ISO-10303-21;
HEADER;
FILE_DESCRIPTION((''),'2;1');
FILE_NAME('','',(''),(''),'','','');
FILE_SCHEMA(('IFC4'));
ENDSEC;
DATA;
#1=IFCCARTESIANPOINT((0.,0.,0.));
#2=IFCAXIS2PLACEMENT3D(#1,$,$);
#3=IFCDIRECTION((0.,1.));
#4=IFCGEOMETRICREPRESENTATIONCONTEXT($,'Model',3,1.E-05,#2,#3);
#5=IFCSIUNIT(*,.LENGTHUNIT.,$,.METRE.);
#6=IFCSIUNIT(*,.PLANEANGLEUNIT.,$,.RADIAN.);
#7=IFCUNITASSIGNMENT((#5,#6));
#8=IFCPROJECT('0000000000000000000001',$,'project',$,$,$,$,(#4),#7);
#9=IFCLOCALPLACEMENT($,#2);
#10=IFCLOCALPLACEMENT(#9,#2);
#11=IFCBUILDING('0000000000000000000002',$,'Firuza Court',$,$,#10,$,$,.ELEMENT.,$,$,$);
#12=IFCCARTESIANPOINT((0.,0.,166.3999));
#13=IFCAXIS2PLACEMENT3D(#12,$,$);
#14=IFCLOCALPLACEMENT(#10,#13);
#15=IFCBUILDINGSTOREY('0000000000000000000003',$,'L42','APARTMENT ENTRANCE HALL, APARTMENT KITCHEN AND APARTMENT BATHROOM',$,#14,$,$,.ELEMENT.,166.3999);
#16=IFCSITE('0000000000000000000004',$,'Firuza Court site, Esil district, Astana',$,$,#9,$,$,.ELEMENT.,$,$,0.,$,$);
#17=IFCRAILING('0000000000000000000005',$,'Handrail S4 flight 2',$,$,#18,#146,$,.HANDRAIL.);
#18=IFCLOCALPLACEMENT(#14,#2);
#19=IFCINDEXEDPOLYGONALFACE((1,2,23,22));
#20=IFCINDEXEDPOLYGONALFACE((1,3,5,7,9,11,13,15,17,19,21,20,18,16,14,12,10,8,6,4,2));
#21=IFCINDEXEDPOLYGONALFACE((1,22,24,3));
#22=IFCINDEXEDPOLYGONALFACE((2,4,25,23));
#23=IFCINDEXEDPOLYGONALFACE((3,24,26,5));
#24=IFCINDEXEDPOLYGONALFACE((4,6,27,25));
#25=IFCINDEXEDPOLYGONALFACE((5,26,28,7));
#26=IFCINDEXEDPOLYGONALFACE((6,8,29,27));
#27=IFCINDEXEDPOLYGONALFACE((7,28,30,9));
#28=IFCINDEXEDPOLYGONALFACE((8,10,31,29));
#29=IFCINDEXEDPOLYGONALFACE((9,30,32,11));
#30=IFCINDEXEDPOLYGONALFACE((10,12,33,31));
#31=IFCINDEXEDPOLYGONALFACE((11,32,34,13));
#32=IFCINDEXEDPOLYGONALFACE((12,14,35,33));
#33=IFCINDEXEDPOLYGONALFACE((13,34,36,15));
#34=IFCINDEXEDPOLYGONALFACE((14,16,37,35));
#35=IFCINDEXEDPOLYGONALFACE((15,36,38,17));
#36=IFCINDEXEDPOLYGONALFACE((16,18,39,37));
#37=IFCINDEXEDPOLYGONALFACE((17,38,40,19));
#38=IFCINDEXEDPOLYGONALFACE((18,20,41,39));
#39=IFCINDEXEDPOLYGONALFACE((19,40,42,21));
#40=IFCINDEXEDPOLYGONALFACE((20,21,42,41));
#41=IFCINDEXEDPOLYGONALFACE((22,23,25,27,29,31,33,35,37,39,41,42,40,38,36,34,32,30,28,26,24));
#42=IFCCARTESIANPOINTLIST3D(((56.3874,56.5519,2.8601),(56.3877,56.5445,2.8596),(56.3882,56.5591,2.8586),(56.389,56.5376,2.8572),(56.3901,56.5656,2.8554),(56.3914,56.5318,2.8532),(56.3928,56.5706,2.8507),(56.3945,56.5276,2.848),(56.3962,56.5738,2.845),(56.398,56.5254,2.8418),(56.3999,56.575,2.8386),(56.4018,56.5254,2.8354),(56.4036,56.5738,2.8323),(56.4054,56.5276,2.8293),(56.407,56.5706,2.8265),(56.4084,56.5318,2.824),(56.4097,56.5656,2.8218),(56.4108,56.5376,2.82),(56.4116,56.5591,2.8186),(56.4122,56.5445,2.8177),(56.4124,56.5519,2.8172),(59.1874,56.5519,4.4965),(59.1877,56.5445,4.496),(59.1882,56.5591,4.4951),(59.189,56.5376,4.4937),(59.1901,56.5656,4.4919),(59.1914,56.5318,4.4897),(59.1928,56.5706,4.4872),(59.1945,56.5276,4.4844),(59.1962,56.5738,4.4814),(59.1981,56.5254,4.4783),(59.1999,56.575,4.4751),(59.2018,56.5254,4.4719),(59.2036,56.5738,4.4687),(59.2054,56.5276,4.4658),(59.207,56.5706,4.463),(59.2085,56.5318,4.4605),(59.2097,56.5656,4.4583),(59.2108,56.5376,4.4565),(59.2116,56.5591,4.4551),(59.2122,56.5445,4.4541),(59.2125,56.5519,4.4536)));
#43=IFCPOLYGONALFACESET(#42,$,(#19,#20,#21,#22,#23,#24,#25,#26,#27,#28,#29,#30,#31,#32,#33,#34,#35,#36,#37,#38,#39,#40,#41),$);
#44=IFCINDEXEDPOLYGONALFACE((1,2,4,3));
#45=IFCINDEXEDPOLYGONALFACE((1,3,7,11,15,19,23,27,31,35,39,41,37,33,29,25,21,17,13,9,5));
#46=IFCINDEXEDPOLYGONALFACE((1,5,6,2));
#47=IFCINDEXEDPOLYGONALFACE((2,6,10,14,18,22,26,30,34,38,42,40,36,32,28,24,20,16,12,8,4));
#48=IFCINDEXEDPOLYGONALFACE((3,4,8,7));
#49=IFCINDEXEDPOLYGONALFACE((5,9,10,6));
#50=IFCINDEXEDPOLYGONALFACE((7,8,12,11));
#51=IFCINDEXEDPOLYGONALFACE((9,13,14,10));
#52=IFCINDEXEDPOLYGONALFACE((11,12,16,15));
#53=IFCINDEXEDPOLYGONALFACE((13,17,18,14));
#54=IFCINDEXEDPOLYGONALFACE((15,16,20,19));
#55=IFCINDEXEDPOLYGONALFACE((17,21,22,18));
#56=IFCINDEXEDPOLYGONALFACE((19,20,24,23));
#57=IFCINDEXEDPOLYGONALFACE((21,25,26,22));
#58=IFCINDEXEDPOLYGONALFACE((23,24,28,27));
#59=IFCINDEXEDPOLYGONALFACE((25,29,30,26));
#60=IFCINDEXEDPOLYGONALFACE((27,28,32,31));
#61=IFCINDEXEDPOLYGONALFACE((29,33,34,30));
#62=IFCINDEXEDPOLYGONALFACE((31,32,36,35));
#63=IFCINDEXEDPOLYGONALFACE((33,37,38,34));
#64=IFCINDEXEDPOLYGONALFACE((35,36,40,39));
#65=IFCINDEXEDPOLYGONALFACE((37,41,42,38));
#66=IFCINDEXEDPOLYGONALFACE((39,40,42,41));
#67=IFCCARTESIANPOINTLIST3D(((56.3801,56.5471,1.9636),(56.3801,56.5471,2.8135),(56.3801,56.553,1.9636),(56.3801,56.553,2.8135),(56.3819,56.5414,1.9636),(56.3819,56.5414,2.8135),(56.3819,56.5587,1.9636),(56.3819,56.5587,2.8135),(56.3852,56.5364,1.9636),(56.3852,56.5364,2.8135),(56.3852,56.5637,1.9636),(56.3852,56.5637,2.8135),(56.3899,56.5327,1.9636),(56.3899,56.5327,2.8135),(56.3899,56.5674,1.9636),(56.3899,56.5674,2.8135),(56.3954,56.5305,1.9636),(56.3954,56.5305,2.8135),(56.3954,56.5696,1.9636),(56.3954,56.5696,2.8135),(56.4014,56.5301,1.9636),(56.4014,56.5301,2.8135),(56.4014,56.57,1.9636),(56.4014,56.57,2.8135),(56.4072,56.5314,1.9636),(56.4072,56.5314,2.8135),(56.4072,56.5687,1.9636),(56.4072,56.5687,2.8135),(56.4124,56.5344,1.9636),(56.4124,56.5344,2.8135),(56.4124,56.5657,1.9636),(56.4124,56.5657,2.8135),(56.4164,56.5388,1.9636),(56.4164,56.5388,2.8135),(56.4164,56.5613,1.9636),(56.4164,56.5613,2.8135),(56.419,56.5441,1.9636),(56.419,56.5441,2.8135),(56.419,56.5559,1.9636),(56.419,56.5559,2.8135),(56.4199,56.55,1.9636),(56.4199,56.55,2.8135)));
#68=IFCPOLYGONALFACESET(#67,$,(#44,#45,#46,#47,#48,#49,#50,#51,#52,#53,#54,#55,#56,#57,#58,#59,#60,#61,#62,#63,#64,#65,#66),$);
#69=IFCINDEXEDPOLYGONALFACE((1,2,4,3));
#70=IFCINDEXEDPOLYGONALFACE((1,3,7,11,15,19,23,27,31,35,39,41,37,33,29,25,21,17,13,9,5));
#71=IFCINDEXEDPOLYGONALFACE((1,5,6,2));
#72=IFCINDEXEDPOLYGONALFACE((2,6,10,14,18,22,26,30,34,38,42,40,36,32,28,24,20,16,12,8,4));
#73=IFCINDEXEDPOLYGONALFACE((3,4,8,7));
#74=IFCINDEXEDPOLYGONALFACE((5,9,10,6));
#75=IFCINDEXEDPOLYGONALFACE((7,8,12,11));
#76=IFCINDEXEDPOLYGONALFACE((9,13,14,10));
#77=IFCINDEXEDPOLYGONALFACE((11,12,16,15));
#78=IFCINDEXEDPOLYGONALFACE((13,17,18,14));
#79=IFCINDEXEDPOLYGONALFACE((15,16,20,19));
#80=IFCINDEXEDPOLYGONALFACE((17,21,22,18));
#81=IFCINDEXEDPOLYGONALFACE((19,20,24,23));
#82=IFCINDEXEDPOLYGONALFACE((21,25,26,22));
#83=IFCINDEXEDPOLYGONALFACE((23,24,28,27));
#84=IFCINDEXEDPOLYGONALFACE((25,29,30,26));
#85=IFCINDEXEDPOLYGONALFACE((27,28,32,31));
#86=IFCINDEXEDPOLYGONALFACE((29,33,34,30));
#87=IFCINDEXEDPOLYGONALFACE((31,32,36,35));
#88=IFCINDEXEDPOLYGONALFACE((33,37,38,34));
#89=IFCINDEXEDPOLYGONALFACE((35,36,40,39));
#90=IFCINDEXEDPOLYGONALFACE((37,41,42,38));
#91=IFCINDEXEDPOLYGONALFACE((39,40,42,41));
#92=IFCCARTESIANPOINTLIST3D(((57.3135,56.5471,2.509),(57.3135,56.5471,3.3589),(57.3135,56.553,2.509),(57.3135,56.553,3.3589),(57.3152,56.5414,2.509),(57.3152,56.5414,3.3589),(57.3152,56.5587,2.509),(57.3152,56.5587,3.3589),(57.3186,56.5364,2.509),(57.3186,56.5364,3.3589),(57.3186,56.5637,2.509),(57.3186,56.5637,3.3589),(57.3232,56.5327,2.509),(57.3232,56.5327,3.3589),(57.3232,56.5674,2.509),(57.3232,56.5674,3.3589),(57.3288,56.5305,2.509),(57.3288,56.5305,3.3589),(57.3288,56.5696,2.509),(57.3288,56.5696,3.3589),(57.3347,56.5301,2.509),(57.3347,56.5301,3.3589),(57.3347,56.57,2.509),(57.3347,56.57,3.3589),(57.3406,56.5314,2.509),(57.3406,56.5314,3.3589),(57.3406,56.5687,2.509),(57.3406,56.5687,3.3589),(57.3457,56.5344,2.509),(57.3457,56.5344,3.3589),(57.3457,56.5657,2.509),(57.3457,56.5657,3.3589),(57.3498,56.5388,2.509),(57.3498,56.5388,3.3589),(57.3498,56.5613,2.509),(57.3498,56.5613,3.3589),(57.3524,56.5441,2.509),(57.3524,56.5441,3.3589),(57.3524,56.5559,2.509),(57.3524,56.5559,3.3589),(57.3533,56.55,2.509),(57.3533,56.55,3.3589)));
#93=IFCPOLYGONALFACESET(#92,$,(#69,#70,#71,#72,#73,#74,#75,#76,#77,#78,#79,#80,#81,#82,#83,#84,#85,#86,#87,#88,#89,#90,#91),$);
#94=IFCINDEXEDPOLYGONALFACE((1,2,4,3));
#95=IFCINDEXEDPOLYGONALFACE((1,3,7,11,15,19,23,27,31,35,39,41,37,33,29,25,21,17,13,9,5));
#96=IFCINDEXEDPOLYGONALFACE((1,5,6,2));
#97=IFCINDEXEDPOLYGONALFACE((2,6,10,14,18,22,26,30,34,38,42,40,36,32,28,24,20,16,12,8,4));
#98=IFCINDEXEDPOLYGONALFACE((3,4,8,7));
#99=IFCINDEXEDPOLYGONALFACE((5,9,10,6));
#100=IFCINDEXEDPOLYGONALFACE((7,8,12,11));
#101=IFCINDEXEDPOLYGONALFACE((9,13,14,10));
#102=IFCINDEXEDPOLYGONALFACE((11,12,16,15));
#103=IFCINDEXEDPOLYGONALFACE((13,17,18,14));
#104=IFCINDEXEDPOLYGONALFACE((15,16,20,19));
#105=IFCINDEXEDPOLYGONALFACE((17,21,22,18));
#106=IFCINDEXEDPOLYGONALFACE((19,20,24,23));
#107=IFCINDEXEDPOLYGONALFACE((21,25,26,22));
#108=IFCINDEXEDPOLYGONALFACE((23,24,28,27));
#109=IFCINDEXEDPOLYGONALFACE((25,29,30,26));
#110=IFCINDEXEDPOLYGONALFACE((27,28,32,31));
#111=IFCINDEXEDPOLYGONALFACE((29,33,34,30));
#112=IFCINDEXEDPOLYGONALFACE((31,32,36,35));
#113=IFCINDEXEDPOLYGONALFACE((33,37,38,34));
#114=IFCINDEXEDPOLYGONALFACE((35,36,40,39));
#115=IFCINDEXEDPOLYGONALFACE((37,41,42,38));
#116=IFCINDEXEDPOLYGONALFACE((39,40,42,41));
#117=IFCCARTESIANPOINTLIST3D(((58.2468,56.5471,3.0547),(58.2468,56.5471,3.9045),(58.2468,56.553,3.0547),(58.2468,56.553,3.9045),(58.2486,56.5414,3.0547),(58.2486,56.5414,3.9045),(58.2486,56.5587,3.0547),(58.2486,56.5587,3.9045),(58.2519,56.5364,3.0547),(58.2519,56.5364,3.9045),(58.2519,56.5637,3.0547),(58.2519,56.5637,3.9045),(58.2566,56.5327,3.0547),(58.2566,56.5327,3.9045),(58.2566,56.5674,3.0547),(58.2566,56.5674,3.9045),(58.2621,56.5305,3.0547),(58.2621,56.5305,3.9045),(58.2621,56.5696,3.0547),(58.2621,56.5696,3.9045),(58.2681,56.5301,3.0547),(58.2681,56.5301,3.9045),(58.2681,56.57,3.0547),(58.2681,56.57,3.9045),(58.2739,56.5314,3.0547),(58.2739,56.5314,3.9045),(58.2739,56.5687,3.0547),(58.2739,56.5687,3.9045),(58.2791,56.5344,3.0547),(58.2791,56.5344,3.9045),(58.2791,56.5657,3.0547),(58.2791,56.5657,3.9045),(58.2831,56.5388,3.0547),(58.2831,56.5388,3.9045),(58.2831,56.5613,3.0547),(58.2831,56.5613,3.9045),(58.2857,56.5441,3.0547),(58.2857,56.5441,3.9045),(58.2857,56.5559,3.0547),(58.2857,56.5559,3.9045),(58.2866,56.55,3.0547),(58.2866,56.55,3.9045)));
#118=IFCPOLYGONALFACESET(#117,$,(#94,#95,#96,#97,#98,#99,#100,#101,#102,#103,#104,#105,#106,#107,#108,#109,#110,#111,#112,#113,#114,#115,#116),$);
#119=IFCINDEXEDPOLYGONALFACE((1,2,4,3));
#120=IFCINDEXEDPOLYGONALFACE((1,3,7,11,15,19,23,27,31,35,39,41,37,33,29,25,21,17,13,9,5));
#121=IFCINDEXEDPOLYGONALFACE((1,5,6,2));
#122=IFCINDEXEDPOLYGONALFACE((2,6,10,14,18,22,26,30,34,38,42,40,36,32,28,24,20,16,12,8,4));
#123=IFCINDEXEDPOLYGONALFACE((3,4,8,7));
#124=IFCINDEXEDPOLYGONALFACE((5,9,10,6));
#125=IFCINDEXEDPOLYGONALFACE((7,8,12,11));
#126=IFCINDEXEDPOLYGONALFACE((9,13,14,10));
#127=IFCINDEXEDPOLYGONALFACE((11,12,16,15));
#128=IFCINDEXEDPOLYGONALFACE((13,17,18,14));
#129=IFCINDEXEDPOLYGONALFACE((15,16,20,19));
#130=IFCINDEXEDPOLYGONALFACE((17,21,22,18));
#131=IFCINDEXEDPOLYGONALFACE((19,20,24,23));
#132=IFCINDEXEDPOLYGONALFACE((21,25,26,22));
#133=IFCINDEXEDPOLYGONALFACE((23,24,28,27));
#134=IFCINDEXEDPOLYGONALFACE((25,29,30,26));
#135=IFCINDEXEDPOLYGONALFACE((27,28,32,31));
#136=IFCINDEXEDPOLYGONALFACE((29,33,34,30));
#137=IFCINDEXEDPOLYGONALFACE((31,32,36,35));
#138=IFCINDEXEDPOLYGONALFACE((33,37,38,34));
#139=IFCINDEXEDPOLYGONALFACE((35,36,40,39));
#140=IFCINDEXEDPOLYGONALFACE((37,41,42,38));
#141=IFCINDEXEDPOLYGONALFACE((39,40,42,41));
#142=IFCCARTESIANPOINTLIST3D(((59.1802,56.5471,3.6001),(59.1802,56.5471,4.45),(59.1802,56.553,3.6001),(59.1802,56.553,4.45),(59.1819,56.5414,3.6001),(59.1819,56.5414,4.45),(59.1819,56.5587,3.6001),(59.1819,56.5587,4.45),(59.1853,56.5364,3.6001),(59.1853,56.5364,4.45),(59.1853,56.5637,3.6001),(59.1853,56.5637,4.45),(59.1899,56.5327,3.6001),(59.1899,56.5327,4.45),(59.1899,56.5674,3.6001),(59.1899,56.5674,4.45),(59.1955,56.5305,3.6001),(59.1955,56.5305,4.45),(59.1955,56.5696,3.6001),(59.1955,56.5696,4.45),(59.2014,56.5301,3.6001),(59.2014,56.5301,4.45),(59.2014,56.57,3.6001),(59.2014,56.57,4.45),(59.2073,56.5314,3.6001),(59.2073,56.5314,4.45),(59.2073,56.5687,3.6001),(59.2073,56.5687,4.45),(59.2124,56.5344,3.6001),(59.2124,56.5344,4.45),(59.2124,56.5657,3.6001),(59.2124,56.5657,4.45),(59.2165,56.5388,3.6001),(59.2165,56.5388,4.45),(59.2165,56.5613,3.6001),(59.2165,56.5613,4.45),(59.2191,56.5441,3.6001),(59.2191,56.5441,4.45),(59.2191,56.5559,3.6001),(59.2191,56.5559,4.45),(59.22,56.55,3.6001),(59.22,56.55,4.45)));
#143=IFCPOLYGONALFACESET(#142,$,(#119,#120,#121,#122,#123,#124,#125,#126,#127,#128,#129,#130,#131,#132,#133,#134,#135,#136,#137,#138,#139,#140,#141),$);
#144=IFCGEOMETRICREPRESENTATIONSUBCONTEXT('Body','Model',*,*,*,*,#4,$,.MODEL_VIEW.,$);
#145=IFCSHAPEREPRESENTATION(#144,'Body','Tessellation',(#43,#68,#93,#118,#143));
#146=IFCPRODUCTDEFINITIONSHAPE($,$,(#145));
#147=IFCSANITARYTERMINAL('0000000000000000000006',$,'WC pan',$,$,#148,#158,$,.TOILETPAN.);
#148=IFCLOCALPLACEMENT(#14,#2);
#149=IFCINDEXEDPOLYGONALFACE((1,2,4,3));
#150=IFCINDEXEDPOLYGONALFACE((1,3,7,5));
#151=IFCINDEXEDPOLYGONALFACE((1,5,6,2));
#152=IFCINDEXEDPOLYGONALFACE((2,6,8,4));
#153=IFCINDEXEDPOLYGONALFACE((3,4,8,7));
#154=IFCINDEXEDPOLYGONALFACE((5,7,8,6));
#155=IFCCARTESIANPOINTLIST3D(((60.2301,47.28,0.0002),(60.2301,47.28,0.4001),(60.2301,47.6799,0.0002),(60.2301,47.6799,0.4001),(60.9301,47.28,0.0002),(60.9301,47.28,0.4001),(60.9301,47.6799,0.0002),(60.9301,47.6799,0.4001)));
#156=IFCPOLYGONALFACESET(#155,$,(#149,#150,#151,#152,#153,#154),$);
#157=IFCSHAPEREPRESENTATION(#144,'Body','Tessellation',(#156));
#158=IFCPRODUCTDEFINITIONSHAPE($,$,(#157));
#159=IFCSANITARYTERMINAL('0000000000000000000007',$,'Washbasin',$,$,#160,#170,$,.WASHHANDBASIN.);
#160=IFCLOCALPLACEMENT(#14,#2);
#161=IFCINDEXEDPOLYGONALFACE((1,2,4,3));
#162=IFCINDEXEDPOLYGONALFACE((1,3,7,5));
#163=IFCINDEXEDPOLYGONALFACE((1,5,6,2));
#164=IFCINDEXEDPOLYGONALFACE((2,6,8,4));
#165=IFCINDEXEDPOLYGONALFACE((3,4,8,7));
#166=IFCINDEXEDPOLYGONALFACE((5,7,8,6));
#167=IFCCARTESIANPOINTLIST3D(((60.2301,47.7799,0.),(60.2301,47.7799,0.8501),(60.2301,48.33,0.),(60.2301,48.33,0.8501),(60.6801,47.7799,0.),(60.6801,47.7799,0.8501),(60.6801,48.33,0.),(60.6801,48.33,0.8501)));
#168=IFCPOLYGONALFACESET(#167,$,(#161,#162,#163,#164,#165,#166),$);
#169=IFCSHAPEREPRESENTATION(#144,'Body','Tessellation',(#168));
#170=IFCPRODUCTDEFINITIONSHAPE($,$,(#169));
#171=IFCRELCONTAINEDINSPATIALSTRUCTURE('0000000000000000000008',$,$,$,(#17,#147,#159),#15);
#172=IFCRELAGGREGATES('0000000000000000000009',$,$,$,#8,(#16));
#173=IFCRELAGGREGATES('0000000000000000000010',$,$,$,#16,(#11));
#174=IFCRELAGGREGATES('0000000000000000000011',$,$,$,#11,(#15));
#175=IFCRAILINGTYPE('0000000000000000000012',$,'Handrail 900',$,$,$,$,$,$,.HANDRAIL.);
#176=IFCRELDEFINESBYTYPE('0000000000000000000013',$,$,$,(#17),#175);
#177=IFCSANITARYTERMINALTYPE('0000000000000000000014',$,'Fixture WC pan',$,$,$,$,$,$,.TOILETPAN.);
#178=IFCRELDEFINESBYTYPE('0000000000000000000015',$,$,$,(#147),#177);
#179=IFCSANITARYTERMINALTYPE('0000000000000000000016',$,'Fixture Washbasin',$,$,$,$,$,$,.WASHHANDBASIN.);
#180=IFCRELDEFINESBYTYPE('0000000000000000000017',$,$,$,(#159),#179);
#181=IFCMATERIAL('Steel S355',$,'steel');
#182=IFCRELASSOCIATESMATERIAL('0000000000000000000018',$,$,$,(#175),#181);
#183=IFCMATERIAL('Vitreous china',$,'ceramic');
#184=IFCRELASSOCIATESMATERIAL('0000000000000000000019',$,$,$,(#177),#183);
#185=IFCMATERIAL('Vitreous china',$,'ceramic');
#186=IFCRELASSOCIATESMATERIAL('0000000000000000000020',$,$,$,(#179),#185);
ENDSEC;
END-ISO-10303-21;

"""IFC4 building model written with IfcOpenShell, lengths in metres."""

from ifc_helpers import new_model, si_unit, direction, frame, origin, origin_2d, place, context, subcontext, project, spatial, rectangle, circle, extrude, material, type_object, element, save


model = new_model("IFC4")

# Units and contexts
model_context = context("Model", 3, precision=1e-05, world=origin(), true_north=direction((0.0, 1.0)))
body_context = subcontext(model_context, "Body", "Model", "MODEL_VIEW")
ifc_project = project(units=[si_unit("LENGTHUNIT", "METRE"), si_unit("PLANEANGLEUNIT", "RADIAN")], contexts=[model_context])

# Site, building, storey
site_placement = place(None, origin())
site = spatial("IfcSite", under=ifc_project, at=site_placement, Name="Firuza Court site, Esil district, Astana", CompositionType="ELEMENT", RefElevation=0.0)
building_placement = place(site_placement, origin())
building = spatial("IfcBuilding", under=site, at=building_placement, Name="Firuza Court", CompositionType="ELEMENT")
storey_placement = place(building_placement, frame((0.0, 0.0, 166.3999)))
storey = spatial("IfcBuildingStorey", under=building, at=storey_placement, Name="L42", Description="APARTMENT ENTRANCE HALL, APARTMENT KITCHEN AND APARTMENT BATHROOM", CompositionType="ELEMENT", Elevation=166.3999)

# Railing
ifc_material_1 = material(Name="Steel S355", Category="steel")
railing_type_1 = type_object("IfcRailingType", Name="Handrail 900", PredefinedType="HANDRAIL", material=ifc_material_1)
railing_1_placement = place(storey_placement, frame((56.3999, 56.55, 1.9636)))
element("IfcRailing", 1, at=railing_1_placement, inside=storey, type_object=railing_type_1, Name="Handrail S4 flight 2", PredefinedType="HANDRAIL", context=body_context, shape_type="SweptSolid", body=[
    extrude(circle(Radius=0.0249, at=origin_2d()), frame((0.0, 0.0, 0.875), z_axis=(0.863361, 0.0, 0.504587), x_axis=(0.0, 1.0, 0.0)), (0.0, 0.0, 1.0), 3.2432),
    extrude(circle(Radius=0.02, at=origin_2d()), origin(), (0.0, 0.0, 1.0), 0.8499),
    extrude(circle(Radius=0.02, at=origin_2d()), frame((0.9333, 0.0, 0.5454)), (0.0, 0.0, 1.0), 0.8499),
    extrude(circle(Radius=0.02, at=origin_2d()), frame((1.8667, 0.0, 1.0911)), (0.0, 0.0, 1.0), 0.8499),
    extrude(circle(Radius=0.02, at=origin_2d()), frame((2.8, 0.0, 1.6365)), (0.0, 0.0, 1.0), 0.8499),
])

# Sanitary terminals
ifc_material_2 = material(Name="Vitreous china", Category="ceramic")
sanitary_terminal_type_1 = type_object("IfcSanitaryTerminalType", Name="Fixture WC pan", PredefinedType="TOILETPAN", material=ifc_material_2)
sanitary_terminal_1_placement = place(storey_placement, frame((60.5801, 47.48, 0.0002), z_axis=(0.0, 0.0, 1.0), x_axis=(1.0, 0.0, 0.0)))
element("IfcSanitaryTerminal", 2, at=sanitary_terminal_1_placement, inside=storey, type_object=sanitary_terminal_type_1, Name="WC pan", PredefinedType="TOILETPAN", context=body_context, shape_type="SweptSolid", body=[
    extrude(rectangle(XDim=0.7, YDim=0.3999, at=origin_2d()), origin(), (0.0, 0.0, 1.0), 0.3999),
])
ifc_material_3 = material(Name="Vitreous china", Category="ceramic")
sanitary_terminal_type_2 = type_object("IfcSanitaryTerminalType", Name="Fixture Washbasin", PredefinedType="WASHHANDBASIN", material=ifc_material_3)
sanitary_terminal_2_placement = place(storey_placement, frame((60.4551, 48.0549, 0.0), z_axis=(0.0, 0.0, 1.0), x_axis=(1.0, 0.0, 0.0)))
element("IfcSanitaryTerminal", 3, at=sanitary_terminal_2_placement, inside=storey, type_object=sanitary_terminal_type_2, Name="Washbasin", PredefinedType="WASHHANDBASIN", context=body_context, shape_type="SweptSolid", body=[
    extrude(rectangle(XDim=0.45, YDim=0.55, at=origin_2d()), origin(), (0.0, 0.0, 1.0), 0.8501),
])

save(model, "model.ifc")
